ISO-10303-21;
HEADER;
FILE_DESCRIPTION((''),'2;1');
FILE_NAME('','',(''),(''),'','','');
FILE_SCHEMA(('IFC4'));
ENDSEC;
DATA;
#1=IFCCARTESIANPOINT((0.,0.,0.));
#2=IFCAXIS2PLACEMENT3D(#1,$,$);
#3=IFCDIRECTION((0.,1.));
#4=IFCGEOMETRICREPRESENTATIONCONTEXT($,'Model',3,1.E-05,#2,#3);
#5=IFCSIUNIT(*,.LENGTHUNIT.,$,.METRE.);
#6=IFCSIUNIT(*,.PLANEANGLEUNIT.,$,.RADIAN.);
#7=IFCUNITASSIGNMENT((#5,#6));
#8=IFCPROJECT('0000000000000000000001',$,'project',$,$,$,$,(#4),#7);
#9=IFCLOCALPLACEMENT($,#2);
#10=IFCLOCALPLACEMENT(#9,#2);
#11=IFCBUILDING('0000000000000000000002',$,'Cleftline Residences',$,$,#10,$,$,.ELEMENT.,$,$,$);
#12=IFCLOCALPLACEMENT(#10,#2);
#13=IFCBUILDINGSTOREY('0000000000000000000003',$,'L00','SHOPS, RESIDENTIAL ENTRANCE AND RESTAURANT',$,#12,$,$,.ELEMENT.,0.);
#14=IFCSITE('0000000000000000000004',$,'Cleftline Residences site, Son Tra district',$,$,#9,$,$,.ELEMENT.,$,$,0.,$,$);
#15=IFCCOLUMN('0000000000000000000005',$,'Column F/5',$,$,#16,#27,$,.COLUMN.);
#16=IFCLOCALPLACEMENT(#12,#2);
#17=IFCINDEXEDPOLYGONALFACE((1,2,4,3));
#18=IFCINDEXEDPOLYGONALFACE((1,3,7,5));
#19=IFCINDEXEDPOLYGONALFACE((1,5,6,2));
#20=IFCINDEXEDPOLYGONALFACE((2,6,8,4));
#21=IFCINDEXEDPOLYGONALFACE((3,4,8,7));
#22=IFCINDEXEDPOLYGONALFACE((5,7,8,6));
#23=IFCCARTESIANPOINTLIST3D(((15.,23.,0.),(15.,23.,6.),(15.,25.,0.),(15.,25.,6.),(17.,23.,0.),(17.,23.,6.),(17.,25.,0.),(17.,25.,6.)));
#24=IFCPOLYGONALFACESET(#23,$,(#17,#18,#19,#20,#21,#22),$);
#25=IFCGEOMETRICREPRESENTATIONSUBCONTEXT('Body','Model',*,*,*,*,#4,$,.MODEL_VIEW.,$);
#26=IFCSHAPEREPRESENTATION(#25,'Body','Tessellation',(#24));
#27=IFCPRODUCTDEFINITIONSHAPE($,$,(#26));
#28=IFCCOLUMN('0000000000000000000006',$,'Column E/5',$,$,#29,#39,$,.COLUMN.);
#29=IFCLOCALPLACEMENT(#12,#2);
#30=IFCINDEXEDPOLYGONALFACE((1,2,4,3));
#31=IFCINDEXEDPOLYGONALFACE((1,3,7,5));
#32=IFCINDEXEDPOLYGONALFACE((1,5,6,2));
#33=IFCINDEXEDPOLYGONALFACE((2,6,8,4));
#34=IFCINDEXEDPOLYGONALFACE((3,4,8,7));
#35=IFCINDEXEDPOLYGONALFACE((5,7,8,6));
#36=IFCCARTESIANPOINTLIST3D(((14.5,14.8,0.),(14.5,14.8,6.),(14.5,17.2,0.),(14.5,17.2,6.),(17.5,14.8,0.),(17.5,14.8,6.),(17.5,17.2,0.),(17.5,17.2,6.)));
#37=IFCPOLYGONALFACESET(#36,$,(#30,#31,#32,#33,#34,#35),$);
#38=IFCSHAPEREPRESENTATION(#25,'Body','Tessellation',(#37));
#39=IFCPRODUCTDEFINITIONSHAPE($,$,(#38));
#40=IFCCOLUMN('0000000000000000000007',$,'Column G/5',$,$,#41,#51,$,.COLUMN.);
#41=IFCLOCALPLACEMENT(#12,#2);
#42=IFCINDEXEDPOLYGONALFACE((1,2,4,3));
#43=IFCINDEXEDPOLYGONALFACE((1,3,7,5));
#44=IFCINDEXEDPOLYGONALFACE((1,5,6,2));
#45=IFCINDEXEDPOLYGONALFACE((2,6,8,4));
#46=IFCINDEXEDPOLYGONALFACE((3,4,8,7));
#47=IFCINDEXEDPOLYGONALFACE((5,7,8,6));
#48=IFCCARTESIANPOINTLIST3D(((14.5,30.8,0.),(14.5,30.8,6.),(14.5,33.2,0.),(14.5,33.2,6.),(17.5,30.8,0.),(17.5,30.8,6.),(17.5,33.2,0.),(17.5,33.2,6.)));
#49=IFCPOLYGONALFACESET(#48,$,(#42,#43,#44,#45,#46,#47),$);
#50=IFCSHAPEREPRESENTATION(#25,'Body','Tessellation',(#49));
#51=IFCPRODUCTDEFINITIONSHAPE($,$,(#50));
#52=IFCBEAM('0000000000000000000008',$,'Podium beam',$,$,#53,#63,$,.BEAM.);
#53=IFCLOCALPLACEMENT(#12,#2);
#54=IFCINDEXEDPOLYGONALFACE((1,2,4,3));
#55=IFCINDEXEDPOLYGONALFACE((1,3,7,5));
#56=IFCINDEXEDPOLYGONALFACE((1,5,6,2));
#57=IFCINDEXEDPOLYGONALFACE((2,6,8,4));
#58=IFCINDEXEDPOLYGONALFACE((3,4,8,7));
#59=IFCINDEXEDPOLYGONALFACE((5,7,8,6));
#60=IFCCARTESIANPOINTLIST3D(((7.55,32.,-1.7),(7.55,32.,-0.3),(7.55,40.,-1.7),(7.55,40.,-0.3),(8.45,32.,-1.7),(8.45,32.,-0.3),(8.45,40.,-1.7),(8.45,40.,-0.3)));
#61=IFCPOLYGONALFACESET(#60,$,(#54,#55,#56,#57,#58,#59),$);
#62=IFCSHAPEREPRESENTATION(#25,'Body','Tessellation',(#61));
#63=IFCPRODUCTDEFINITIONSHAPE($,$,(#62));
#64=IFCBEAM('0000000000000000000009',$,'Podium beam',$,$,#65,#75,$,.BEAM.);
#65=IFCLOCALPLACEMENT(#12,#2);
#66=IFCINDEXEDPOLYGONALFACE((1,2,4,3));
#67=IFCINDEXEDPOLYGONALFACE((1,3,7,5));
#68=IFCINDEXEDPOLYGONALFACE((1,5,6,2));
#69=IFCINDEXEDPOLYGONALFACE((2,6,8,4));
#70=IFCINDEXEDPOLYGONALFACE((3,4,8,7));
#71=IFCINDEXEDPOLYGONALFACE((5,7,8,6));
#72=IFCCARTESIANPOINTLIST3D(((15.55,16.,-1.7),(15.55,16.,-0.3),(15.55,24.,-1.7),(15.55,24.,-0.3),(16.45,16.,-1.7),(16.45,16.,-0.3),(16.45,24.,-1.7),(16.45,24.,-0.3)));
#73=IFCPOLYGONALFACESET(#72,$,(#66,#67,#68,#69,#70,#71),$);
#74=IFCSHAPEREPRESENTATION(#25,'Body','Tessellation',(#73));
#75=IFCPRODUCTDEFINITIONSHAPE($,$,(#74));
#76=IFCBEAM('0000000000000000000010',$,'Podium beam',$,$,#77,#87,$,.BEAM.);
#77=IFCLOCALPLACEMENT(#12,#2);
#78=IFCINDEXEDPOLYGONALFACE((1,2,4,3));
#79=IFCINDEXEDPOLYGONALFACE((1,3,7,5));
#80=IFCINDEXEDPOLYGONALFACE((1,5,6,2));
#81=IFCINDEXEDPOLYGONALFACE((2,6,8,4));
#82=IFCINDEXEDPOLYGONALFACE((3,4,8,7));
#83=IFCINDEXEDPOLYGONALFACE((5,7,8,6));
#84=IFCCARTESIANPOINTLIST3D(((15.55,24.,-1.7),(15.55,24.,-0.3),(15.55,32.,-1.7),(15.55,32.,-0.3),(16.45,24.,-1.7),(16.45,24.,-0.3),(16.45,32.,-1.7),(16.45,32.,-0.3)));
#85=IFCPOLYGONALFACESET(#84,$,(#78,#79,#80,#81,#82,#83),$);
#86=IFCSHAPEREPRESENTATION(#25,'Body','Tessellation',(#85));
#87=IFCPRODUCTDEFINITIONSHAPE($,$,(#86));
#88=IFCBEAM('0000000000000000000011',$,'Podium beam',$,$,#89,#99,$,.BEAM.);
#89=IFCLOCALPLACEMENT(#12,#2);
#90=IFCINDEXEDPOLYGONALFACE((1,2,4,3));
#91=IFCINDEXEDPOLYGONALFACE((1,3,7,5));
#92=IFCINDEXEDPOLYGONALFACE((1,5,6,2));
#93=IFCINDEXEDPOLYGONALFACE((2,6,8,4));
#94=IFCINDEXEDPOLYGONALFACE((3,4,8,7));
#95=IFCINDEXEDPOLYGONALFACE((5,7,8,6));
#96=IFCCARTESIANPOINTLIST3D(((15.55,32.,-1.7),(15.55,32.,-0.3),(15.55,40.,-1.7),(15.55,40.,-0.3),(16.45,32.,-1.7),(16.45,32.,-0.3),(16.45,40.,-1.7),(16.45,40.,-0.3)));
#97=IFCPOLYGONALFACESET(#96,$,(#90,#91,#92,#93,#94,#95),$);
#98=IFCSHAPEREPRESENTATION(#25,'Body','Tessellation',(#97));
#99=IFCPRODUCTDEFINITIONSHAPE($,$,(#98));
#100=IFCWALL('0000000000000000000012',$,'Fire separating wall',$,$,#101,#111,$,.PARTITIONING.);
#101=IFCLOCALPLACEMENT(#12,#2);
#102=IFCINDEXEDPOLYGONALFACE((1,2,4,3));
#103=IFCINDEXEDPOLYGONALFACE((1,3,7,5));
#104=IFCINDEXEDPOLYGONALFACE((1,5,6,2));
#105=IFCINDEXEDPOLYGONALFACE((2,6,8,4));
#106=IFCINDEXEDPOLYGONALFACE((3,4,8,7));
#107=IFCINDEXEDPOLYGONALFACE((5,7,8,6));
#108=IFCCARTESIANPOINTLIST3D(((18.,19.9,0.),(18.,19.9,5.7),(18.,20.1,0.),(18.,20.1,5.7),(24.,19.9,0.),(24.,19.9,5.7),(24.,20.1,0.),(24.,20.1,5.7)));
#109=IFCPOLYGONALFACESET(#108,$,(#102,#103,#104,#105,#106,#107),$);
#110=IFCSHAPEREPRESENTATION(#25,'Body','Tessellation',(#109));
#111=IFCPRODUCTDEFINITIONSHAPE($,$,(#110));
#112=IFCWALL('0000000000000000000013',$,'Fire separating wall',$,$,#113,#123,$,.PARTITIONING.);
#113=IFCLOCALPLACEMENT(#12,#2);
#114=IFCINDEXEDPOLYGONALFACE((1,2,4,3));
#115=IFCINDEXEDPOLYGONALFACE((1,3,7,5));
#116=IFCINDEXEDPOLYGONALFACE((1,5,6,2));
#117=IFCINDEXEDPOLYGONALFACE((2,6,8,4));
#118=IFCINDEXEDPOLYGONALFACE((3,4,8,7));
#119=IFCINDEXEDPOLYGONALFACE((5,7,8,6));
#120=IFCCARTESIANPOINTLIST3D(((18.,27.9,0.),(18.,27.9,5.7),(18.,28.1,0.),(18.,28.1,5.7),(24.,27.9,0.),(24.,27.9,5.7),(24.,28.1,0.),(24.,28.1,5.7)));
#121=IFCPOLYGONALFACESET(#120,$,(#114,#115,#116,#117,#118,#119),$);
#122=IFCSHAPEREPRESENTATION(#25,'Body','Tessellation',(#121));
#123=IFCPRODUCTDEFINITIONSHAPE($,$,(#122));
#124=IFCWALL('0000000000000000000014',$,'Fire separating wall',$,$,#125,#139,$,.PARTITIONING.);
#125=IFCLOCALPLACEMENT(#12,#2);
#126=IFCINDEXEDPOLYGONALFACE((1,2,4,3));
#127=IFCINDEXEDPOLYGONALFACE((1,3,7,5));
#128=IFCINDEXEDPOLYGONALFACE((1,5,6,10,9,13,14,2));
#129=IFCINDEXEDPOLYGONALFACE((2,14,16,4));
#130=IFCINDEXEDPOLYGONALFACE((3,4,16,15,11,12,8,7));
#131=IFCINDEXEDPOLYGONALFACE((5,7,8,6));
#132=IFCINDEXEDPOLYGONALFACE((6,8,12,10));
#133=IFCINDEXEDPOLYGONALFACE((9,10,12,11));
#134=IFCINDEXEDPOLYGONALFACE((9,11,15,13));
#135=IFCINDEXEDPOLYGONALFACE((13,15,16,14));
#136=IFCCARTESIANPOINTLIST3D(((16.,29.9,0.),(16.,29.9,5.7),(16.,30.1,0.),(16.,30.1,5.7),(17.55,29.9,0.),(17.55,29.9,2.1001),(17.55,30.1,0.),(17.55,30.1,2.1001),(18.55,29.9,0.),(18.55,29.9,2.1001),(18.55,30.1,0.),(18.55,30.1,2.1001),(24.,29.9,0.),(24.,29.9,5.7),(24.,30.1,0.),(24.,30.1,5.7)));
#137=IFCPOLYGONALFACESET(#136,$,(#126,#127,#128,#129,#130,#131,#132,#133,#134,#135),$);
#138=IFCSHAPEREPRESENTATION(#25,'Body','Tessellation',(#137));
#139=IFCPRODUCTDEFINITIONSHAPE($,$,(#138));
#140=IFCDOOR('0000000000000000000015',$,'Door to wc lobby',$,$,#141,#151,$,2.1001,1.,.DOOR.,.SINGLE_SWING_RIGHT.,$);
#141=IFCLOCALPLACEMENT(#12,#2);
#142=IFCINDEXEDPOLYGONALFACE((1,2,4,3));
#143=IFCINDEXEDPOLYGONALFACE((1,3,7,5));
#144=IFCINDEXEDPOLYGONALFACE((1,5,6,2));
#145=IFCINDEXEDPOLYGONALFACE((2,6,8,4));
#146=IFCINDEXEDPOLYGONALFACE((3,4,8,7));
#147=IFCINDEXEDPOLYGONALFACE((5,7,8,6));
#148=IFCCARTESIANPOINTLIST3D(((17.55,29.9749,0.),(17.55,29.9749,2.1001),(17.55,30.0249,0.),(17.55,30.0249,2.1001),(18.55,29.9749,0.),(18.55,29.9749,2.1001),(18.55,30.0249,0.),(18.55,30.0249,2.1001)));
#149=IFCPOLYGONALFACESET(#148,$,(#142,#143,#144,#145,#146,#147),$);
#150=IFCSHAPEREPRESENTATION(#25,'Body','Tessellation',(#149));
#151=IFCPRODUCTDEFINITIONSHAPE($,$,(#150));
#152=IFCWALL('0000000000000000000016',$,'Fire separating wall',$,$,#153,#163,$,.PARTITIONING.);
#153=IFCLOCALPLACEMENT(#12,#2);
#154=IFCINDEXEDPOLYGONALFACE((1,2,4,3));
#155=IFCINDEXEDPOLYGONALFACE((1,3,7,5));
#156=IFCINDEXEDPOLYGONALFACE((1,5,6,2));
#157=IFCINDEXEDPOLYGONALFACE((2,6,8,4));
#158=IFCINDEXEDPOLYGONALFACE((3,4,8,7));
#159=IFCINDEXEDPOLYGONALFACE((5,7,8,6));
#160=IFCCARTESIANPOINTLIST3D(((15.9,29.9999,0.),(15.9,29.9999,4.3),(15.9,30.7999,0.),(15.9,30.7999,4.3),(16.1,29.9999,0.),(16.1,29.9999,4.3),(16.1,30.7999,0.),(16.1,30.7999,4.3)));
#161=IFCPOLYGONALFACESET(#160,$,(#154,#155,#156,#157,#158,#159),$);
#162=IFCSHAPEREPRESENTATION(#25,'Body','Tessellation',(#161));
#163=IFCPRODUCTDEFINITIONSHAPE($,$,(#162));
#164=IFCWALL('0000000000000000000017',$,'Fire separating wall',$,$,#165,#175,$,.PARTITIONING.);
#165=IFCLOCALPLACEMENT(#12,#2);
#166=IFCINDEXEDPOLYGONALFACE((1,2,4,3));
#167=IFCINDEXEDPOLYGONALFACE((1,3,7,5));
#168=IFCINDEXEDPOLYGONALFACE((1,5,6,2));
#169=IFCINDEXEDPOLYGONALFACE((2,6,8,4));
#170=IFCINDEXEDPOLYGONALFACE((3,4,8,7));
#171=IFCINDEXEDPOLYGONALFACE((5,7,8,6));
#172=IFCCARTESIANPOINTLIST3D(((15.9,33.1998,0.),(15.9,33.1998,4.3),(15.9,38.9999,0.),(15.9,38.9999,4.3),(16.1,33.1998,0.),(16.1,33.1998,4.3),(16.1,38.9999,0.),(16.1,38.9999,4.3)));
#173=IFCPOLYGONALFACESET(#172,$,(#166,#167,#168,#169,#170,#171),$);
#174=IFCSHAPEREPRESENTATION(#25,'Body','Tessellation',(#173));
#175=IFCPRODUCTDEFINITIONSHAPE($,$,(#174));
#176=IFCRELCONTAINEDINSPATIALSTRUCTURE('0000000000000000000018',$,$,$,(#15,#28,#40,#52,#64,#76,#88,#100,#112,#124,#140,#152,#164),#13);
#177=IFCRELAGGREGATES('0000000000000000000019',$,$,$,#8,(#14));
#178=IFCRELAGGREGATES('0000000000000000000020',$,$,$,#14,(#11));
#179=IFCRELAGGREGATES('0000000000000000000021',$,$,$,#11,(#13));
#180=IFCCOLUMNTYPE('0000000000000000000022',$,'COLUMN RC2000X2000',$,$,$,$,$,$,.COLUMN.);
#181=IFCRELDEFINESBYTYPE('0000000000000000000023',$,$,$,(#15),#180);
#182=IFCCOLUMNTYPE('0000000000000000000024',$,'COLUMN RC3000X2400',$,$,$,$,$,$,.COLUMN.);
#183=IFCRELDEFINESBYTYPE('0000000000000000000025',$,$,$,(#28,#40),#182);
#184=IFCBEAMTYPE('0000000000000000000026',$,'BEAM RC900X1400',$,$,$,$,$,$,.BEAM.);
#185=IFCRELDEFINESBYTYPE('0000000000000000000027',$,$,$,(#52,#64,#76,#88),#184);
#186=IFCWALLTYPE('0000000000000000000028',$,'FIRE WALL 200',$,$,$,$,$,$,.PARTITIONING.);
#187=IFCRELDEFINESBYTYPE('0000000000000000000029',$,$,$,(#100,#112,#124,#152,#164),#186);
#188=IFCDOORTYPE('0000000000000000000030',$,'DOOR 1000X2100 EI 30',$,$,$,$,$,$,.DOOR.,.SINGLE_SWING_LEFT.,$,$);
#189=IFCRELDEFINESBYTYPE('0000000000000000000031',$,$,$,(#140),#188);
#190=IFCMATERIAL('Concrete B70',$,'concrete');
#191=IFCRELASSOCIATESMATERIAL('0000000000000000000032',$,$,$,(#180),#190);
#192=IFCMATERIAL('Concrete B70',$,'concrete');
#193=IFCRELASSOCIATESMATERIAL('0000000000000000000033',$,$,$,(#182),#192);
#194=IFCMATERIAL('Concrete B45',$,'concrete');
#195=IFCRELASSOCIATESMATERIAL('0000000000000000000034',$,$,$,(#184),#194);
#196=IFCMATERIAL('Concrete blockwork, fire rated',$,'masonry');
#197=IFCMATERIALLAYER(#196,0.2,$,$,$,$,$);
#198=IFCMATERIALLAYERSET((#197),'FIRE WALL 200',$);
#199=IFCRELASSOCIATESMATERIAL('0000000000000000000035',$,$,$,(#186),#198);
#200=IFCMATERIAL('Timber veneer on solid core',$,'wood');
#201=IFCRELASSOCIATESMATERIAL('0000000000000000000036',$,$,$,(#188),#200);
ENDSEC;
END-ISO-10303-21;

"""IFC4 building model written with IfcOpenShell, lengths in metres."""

from ifc_helpers import new_model, si_unit, direction, frame, frame_2d, origin, origin_2d, place, context, subcontext, project, spatial, rectangle, extrude, material, layer, layer_set, material_profile, profile_set, type_object, element, fill, save


model = new_model("IFC4")

# Units and contexts
model_context = context("Model", 3, precision=1e-05, world=origin(), true_north=direction((0.0, 1.0)))
body_context = subcontext(model_context, "Body", "Model", "MODEL_VIEW")
ifc_project = project(units=[si_unit("LENGTHUNIT", "METRE"), si_unit("PLANEANGLEUNIT", "RADIAN")], contexts=[model_context])

# Site, building, storey
site_placement = place(None, origin())
site = spatial("IfcSite", under=ifc_project, at=site_placement, Name="Cleftline Residences site, Son Tra district", CompositionType="ELEMENT", RefElevation=0.0)
building_placement = place(site_placement, origin())
building = spatial("IfcBuilding", under=site, at=building_placement, Name="Cleftline Residences", CompositionType="ELEMENT")
storey_placement = place(building_placement, origin())
storey = spatial("IfcBuildingStorey", under=building, at=storey_placement, Name="L00", Description="SHOPS, RESIDENTIAL ENTRANCE AND RESTAURANT", CompositionType="ELEMENT", Elevation=0.0)

# Columns
ifc_material_1 = material(Name="Concrete B70", Category="concrete")
ifc_material_profile_1 = material_profile(ifc_material_1, rectangle(XDim=2.0, YDim=2.0, at=origin_2d()))
ifc_profile_set_1 = profile_set([ifc_material_profile_1], Name="Concrete B70")
column_type_1 = type_object("IfcColumnType", Name="COLUMN RC2000X2000", PredefinedType="COLUMN", material=ifc_profile_set_1)
column_placement = place(storey_placement, frame((16.0, 24.0, 0.0), z_axis=(0.0, 0.0, 1.0), x_axis=(1.0, 0.0, 0.0)))
element("IfcColumn", 1, at=column_placement, inside=storey, type_object=column_type_1, Name="Column F/5", PredefinedType="COLUMN", context=body_context, shape_type="SweptSolid", body=[
    extrude(rectangle(XDim=2.0, YDim=2.0, at=origin_2d()), origin(), (0.0, 0.0, 1.0), 6.0),
])
ifc_material_2 = material(Name="Concrete B70", Category="concrete")
ifc_material_profile_2 = material_profile(ifc_material_2, rectangle(XDim=3.0, YDim=2.3999, at=origin_2d()))
ifc_profile_set_2 = profile_set([ifc_material_profile_2], Name="Concrete B70")
column_type_2 = type_object("IfcColumnType", Name="COLUMN RC3000X2400", PredefinedType="COLUMN", material=ifc_profile_set_2)
for number, where, z_axis, x_axis, name in (
    (2, (16.0, 16.0, 0.0), (0.0, 0.0, 1.0), (1.0, 0.0, 0.0), "Column E/5"),
    (3, (16.0, 32.0, 0.0), (0.0, 0.0, 1.0), (1.0, 0.0, 0.0), "Column G/5"),
):
    element("IfcColumn", number, at=place(storey_placement, frame(where, z_axis=z_axis, x_axis=x_axis)), inside=storey, type_object=column_type_2, Name=name, PredefinedType="COLUMN", context=body_context, shape_type="SweptSolid", body=[
        extrude(rectangle(XDim=3.0, YDim=2.3999, at=origin_2d()), origin(), (0.0, 0.0, 1.0), 6.0),
    ])

# Beams
ifc_material_3 = material(Name="Concrete B45", Category="concrete")
ifc_material_profile_3 = material_profile(ifc_material_3, rectangle(XDim=0.8999, YDim=1.3999, at=origin_2d()))
ifc_profile_set_3 = profile_set([ifc_material_profile_3], Name="Concrete B45")
beam_type = type_object("IfcBeamType", Name="BEAM RC900X1400", PredefinedType="BEAM", material=ifc_profile_set_3)
for number, where, z_axis, x_axis, name in (
    (4, (8.0, 32.0, -1.0), (0.0, 1.0, 0.0), (-1.0, 0.0, 0.0), "Podium beam"),
    (5, (16.0, 16.0, -1.0), (0.0, 1.0, 0.0), (-1.0, 0.0, 0.0), "Podium beam"),
    (6, (16.0, 24.0, -1.0), (0.0, 1.0, 0.0), (-1.0, 0.0, 0.0), "Podium beam"),
    (7, (16.0, 32.0, -1.0), (0.0, 1.0, 0.0), (-1.0, 0.0, 0.0), "Podium beam"),
):
    element("IfcBeam", number, at=place(storey_placement, frame(where, z_axis=z_axis, x_axis=x_axis)), inside=storey, type_object=beam_type, Name=name, PredefinedType="BEAM", context=body_context, shape_type="SweptSolid", body=[
        extrude(rectangle(XDim=0.8999, YDim=1.3999, at=origin_2d()), origin(), (0.0, 0.0, 1.0), 8.0),
    ])

# Walls
ifc_material_4 = material(Name="Concrete blockwork, fire rated", Category="masonry")
ifc_layer_1 = layer(ifc_material_4, 0.2)
ifc_layer_set_1 = layer_set([ifc_layer_1], Name="FIRE WALL 200")
wall_type_1 = type_object("IfcWallType", Name="FIRE WALL 200", PredefinedType="PARTITIONING", material=ifc_layer_set_1)
for number, where, z_axis, x_axis, name in (
    (8, (18.0, 20.0, 0.0), (0.0, 0.0, 1.0), (1.0, 0.0, 0.0), "Fire separating wall"),
    (9, (18.0, 28.0, 0.0), (0.0, 0.0, 1.0), (1.0, 0.0, 0.0), "Fire separating wall"),
):
    element("IfcWall", number, at=place(storey_placement, frame(where, z_axis=z_axis, x_axis=x_axis)), inside=storey, type_object=wall_type_1, Name=name, PredefinedType="PARTITIONING", context=body_context, shape_type="SweptSolid", body=[
        extrude(rectangle(XDim=6.0, YDim=0.2, at=frame_2d((3.0, 0.0))), origin(), (0.0, 0.0, 1.0), 5.7),
    ])

# Wall, opening, door
wall_1_placement = place(storey_placement, frame((16.0, 30.0, 0.0), z_axis=(0.0, 0.0, 1.0), x_axis=(1.0, 0.0, 0.0)))
wall_1 = element("IfcWall", 10, at=wall_1_placement, inside=storey, type_object=wall_type_1, Name="Fire separating wall", PredefinedType="PARTITIONING", context=body_context, shape_type="SweptSolid", body=[
    extrude(rectangle(XDim=8.0, YDim=0.2, at=frame_2d((4.0, 0.0))), origin(), (0.0, 0.0, 1.0), 5.7),
])
opening_1_placement = place(wall_1_placement, frame((1.55, 0.0, 0.0)))
opening_1 = element("IfcOpeningElement", 11, at=opening_1_placement, cuts=wall_1, PredefinedType="OPENING", context=body_context, shape_type="SweptSolid", body=[
    extrude(rectangle(XDim=1.0, YDim=2.1001, at=frame_2d((0.5, 1.05))), frame((0.0, 0.1099, 0.0), z_axis=(0.0, -1.0, 0.0), x_axis=(1.0, 0.0, 0.0)), (0.0, 0.0, 1.0), 0.22),
])
ifc_material_5 = material(Name="Timber veneer on solid core", Category="wood")
door_type_1 = type_object("IfcDoorType", Name="DOOR 1000X2100 EI 30", OperationType="SINGLE_SWING_LEFT", PredefinedType="DOOR", material=ifc_material_5)
door_1_placement = place(opening_1_placement, origin())
door_1 = element("IfcDoor", 12, at=door_1_placement, inside=storey, type_object=door_type_1, Name="Door to wc lobby", OperationType="SINGLE_SWING_RIGHT", OverallHeight=2.1001, OverallWidth=1.0, PredefinedType="DOOR", context=body_context, shape_type="SweptSolid", body=[
    extrude(rectangle(XDim=1.0, YDim=2.1001, at=frame_2d((0.5, 1.05))), frame((0.0, 0.0249, 0.0), z_axis=(0.0, -1.0, 0.0), x_axis=(1.0, 0.0, 0.0)), (0.0, 0.0, 1.0), 0.05),
])
fill(opening_1, door_1)

# Walls
wall_2_placement = place(storey_placement, frame((16.0, 30.0, 0.0), z_axis=(0.0, 0.0, 1.0), x_axis=(0.0, 1.0, 0.0)))
element("IfcWall", 13, at=wall_2_placement, inside=storey, type_object=wall_type_1, Name="Fire separating wall", PredefinedType="PARTITIONING", context=body_context, shape_type="SweptSolid", body=[
    extrude(rectangle(XDim=0.8, YDim=0.2, at=frame_2d((0.3999, 0.0))), origin(), (0.0, 0.0, 1.0), 4.3),
])
wall_3_placement = place(storey_placement, frame((16.0, 33.2, 0.0), z_axis=(0.0, 0.0, 1.0), x_axis=(0.0, 1.0, 0.0)))
element("IfcWall", 14, at=wall_3_placement, inside=storey, type_object=wall_type_1, Name="Fire separating wall", PredefinedType="PARTITIONING", context=body_context, shape_type="SweptSolid", body=[
    extrude(rectangle(XDim=5.8, YDim=0.2, at=frame_2d((2.8999, 0.0))), origin(), (0.0, 0.0, 1.0), 4.3),
])

save(model, "model.ifc")
